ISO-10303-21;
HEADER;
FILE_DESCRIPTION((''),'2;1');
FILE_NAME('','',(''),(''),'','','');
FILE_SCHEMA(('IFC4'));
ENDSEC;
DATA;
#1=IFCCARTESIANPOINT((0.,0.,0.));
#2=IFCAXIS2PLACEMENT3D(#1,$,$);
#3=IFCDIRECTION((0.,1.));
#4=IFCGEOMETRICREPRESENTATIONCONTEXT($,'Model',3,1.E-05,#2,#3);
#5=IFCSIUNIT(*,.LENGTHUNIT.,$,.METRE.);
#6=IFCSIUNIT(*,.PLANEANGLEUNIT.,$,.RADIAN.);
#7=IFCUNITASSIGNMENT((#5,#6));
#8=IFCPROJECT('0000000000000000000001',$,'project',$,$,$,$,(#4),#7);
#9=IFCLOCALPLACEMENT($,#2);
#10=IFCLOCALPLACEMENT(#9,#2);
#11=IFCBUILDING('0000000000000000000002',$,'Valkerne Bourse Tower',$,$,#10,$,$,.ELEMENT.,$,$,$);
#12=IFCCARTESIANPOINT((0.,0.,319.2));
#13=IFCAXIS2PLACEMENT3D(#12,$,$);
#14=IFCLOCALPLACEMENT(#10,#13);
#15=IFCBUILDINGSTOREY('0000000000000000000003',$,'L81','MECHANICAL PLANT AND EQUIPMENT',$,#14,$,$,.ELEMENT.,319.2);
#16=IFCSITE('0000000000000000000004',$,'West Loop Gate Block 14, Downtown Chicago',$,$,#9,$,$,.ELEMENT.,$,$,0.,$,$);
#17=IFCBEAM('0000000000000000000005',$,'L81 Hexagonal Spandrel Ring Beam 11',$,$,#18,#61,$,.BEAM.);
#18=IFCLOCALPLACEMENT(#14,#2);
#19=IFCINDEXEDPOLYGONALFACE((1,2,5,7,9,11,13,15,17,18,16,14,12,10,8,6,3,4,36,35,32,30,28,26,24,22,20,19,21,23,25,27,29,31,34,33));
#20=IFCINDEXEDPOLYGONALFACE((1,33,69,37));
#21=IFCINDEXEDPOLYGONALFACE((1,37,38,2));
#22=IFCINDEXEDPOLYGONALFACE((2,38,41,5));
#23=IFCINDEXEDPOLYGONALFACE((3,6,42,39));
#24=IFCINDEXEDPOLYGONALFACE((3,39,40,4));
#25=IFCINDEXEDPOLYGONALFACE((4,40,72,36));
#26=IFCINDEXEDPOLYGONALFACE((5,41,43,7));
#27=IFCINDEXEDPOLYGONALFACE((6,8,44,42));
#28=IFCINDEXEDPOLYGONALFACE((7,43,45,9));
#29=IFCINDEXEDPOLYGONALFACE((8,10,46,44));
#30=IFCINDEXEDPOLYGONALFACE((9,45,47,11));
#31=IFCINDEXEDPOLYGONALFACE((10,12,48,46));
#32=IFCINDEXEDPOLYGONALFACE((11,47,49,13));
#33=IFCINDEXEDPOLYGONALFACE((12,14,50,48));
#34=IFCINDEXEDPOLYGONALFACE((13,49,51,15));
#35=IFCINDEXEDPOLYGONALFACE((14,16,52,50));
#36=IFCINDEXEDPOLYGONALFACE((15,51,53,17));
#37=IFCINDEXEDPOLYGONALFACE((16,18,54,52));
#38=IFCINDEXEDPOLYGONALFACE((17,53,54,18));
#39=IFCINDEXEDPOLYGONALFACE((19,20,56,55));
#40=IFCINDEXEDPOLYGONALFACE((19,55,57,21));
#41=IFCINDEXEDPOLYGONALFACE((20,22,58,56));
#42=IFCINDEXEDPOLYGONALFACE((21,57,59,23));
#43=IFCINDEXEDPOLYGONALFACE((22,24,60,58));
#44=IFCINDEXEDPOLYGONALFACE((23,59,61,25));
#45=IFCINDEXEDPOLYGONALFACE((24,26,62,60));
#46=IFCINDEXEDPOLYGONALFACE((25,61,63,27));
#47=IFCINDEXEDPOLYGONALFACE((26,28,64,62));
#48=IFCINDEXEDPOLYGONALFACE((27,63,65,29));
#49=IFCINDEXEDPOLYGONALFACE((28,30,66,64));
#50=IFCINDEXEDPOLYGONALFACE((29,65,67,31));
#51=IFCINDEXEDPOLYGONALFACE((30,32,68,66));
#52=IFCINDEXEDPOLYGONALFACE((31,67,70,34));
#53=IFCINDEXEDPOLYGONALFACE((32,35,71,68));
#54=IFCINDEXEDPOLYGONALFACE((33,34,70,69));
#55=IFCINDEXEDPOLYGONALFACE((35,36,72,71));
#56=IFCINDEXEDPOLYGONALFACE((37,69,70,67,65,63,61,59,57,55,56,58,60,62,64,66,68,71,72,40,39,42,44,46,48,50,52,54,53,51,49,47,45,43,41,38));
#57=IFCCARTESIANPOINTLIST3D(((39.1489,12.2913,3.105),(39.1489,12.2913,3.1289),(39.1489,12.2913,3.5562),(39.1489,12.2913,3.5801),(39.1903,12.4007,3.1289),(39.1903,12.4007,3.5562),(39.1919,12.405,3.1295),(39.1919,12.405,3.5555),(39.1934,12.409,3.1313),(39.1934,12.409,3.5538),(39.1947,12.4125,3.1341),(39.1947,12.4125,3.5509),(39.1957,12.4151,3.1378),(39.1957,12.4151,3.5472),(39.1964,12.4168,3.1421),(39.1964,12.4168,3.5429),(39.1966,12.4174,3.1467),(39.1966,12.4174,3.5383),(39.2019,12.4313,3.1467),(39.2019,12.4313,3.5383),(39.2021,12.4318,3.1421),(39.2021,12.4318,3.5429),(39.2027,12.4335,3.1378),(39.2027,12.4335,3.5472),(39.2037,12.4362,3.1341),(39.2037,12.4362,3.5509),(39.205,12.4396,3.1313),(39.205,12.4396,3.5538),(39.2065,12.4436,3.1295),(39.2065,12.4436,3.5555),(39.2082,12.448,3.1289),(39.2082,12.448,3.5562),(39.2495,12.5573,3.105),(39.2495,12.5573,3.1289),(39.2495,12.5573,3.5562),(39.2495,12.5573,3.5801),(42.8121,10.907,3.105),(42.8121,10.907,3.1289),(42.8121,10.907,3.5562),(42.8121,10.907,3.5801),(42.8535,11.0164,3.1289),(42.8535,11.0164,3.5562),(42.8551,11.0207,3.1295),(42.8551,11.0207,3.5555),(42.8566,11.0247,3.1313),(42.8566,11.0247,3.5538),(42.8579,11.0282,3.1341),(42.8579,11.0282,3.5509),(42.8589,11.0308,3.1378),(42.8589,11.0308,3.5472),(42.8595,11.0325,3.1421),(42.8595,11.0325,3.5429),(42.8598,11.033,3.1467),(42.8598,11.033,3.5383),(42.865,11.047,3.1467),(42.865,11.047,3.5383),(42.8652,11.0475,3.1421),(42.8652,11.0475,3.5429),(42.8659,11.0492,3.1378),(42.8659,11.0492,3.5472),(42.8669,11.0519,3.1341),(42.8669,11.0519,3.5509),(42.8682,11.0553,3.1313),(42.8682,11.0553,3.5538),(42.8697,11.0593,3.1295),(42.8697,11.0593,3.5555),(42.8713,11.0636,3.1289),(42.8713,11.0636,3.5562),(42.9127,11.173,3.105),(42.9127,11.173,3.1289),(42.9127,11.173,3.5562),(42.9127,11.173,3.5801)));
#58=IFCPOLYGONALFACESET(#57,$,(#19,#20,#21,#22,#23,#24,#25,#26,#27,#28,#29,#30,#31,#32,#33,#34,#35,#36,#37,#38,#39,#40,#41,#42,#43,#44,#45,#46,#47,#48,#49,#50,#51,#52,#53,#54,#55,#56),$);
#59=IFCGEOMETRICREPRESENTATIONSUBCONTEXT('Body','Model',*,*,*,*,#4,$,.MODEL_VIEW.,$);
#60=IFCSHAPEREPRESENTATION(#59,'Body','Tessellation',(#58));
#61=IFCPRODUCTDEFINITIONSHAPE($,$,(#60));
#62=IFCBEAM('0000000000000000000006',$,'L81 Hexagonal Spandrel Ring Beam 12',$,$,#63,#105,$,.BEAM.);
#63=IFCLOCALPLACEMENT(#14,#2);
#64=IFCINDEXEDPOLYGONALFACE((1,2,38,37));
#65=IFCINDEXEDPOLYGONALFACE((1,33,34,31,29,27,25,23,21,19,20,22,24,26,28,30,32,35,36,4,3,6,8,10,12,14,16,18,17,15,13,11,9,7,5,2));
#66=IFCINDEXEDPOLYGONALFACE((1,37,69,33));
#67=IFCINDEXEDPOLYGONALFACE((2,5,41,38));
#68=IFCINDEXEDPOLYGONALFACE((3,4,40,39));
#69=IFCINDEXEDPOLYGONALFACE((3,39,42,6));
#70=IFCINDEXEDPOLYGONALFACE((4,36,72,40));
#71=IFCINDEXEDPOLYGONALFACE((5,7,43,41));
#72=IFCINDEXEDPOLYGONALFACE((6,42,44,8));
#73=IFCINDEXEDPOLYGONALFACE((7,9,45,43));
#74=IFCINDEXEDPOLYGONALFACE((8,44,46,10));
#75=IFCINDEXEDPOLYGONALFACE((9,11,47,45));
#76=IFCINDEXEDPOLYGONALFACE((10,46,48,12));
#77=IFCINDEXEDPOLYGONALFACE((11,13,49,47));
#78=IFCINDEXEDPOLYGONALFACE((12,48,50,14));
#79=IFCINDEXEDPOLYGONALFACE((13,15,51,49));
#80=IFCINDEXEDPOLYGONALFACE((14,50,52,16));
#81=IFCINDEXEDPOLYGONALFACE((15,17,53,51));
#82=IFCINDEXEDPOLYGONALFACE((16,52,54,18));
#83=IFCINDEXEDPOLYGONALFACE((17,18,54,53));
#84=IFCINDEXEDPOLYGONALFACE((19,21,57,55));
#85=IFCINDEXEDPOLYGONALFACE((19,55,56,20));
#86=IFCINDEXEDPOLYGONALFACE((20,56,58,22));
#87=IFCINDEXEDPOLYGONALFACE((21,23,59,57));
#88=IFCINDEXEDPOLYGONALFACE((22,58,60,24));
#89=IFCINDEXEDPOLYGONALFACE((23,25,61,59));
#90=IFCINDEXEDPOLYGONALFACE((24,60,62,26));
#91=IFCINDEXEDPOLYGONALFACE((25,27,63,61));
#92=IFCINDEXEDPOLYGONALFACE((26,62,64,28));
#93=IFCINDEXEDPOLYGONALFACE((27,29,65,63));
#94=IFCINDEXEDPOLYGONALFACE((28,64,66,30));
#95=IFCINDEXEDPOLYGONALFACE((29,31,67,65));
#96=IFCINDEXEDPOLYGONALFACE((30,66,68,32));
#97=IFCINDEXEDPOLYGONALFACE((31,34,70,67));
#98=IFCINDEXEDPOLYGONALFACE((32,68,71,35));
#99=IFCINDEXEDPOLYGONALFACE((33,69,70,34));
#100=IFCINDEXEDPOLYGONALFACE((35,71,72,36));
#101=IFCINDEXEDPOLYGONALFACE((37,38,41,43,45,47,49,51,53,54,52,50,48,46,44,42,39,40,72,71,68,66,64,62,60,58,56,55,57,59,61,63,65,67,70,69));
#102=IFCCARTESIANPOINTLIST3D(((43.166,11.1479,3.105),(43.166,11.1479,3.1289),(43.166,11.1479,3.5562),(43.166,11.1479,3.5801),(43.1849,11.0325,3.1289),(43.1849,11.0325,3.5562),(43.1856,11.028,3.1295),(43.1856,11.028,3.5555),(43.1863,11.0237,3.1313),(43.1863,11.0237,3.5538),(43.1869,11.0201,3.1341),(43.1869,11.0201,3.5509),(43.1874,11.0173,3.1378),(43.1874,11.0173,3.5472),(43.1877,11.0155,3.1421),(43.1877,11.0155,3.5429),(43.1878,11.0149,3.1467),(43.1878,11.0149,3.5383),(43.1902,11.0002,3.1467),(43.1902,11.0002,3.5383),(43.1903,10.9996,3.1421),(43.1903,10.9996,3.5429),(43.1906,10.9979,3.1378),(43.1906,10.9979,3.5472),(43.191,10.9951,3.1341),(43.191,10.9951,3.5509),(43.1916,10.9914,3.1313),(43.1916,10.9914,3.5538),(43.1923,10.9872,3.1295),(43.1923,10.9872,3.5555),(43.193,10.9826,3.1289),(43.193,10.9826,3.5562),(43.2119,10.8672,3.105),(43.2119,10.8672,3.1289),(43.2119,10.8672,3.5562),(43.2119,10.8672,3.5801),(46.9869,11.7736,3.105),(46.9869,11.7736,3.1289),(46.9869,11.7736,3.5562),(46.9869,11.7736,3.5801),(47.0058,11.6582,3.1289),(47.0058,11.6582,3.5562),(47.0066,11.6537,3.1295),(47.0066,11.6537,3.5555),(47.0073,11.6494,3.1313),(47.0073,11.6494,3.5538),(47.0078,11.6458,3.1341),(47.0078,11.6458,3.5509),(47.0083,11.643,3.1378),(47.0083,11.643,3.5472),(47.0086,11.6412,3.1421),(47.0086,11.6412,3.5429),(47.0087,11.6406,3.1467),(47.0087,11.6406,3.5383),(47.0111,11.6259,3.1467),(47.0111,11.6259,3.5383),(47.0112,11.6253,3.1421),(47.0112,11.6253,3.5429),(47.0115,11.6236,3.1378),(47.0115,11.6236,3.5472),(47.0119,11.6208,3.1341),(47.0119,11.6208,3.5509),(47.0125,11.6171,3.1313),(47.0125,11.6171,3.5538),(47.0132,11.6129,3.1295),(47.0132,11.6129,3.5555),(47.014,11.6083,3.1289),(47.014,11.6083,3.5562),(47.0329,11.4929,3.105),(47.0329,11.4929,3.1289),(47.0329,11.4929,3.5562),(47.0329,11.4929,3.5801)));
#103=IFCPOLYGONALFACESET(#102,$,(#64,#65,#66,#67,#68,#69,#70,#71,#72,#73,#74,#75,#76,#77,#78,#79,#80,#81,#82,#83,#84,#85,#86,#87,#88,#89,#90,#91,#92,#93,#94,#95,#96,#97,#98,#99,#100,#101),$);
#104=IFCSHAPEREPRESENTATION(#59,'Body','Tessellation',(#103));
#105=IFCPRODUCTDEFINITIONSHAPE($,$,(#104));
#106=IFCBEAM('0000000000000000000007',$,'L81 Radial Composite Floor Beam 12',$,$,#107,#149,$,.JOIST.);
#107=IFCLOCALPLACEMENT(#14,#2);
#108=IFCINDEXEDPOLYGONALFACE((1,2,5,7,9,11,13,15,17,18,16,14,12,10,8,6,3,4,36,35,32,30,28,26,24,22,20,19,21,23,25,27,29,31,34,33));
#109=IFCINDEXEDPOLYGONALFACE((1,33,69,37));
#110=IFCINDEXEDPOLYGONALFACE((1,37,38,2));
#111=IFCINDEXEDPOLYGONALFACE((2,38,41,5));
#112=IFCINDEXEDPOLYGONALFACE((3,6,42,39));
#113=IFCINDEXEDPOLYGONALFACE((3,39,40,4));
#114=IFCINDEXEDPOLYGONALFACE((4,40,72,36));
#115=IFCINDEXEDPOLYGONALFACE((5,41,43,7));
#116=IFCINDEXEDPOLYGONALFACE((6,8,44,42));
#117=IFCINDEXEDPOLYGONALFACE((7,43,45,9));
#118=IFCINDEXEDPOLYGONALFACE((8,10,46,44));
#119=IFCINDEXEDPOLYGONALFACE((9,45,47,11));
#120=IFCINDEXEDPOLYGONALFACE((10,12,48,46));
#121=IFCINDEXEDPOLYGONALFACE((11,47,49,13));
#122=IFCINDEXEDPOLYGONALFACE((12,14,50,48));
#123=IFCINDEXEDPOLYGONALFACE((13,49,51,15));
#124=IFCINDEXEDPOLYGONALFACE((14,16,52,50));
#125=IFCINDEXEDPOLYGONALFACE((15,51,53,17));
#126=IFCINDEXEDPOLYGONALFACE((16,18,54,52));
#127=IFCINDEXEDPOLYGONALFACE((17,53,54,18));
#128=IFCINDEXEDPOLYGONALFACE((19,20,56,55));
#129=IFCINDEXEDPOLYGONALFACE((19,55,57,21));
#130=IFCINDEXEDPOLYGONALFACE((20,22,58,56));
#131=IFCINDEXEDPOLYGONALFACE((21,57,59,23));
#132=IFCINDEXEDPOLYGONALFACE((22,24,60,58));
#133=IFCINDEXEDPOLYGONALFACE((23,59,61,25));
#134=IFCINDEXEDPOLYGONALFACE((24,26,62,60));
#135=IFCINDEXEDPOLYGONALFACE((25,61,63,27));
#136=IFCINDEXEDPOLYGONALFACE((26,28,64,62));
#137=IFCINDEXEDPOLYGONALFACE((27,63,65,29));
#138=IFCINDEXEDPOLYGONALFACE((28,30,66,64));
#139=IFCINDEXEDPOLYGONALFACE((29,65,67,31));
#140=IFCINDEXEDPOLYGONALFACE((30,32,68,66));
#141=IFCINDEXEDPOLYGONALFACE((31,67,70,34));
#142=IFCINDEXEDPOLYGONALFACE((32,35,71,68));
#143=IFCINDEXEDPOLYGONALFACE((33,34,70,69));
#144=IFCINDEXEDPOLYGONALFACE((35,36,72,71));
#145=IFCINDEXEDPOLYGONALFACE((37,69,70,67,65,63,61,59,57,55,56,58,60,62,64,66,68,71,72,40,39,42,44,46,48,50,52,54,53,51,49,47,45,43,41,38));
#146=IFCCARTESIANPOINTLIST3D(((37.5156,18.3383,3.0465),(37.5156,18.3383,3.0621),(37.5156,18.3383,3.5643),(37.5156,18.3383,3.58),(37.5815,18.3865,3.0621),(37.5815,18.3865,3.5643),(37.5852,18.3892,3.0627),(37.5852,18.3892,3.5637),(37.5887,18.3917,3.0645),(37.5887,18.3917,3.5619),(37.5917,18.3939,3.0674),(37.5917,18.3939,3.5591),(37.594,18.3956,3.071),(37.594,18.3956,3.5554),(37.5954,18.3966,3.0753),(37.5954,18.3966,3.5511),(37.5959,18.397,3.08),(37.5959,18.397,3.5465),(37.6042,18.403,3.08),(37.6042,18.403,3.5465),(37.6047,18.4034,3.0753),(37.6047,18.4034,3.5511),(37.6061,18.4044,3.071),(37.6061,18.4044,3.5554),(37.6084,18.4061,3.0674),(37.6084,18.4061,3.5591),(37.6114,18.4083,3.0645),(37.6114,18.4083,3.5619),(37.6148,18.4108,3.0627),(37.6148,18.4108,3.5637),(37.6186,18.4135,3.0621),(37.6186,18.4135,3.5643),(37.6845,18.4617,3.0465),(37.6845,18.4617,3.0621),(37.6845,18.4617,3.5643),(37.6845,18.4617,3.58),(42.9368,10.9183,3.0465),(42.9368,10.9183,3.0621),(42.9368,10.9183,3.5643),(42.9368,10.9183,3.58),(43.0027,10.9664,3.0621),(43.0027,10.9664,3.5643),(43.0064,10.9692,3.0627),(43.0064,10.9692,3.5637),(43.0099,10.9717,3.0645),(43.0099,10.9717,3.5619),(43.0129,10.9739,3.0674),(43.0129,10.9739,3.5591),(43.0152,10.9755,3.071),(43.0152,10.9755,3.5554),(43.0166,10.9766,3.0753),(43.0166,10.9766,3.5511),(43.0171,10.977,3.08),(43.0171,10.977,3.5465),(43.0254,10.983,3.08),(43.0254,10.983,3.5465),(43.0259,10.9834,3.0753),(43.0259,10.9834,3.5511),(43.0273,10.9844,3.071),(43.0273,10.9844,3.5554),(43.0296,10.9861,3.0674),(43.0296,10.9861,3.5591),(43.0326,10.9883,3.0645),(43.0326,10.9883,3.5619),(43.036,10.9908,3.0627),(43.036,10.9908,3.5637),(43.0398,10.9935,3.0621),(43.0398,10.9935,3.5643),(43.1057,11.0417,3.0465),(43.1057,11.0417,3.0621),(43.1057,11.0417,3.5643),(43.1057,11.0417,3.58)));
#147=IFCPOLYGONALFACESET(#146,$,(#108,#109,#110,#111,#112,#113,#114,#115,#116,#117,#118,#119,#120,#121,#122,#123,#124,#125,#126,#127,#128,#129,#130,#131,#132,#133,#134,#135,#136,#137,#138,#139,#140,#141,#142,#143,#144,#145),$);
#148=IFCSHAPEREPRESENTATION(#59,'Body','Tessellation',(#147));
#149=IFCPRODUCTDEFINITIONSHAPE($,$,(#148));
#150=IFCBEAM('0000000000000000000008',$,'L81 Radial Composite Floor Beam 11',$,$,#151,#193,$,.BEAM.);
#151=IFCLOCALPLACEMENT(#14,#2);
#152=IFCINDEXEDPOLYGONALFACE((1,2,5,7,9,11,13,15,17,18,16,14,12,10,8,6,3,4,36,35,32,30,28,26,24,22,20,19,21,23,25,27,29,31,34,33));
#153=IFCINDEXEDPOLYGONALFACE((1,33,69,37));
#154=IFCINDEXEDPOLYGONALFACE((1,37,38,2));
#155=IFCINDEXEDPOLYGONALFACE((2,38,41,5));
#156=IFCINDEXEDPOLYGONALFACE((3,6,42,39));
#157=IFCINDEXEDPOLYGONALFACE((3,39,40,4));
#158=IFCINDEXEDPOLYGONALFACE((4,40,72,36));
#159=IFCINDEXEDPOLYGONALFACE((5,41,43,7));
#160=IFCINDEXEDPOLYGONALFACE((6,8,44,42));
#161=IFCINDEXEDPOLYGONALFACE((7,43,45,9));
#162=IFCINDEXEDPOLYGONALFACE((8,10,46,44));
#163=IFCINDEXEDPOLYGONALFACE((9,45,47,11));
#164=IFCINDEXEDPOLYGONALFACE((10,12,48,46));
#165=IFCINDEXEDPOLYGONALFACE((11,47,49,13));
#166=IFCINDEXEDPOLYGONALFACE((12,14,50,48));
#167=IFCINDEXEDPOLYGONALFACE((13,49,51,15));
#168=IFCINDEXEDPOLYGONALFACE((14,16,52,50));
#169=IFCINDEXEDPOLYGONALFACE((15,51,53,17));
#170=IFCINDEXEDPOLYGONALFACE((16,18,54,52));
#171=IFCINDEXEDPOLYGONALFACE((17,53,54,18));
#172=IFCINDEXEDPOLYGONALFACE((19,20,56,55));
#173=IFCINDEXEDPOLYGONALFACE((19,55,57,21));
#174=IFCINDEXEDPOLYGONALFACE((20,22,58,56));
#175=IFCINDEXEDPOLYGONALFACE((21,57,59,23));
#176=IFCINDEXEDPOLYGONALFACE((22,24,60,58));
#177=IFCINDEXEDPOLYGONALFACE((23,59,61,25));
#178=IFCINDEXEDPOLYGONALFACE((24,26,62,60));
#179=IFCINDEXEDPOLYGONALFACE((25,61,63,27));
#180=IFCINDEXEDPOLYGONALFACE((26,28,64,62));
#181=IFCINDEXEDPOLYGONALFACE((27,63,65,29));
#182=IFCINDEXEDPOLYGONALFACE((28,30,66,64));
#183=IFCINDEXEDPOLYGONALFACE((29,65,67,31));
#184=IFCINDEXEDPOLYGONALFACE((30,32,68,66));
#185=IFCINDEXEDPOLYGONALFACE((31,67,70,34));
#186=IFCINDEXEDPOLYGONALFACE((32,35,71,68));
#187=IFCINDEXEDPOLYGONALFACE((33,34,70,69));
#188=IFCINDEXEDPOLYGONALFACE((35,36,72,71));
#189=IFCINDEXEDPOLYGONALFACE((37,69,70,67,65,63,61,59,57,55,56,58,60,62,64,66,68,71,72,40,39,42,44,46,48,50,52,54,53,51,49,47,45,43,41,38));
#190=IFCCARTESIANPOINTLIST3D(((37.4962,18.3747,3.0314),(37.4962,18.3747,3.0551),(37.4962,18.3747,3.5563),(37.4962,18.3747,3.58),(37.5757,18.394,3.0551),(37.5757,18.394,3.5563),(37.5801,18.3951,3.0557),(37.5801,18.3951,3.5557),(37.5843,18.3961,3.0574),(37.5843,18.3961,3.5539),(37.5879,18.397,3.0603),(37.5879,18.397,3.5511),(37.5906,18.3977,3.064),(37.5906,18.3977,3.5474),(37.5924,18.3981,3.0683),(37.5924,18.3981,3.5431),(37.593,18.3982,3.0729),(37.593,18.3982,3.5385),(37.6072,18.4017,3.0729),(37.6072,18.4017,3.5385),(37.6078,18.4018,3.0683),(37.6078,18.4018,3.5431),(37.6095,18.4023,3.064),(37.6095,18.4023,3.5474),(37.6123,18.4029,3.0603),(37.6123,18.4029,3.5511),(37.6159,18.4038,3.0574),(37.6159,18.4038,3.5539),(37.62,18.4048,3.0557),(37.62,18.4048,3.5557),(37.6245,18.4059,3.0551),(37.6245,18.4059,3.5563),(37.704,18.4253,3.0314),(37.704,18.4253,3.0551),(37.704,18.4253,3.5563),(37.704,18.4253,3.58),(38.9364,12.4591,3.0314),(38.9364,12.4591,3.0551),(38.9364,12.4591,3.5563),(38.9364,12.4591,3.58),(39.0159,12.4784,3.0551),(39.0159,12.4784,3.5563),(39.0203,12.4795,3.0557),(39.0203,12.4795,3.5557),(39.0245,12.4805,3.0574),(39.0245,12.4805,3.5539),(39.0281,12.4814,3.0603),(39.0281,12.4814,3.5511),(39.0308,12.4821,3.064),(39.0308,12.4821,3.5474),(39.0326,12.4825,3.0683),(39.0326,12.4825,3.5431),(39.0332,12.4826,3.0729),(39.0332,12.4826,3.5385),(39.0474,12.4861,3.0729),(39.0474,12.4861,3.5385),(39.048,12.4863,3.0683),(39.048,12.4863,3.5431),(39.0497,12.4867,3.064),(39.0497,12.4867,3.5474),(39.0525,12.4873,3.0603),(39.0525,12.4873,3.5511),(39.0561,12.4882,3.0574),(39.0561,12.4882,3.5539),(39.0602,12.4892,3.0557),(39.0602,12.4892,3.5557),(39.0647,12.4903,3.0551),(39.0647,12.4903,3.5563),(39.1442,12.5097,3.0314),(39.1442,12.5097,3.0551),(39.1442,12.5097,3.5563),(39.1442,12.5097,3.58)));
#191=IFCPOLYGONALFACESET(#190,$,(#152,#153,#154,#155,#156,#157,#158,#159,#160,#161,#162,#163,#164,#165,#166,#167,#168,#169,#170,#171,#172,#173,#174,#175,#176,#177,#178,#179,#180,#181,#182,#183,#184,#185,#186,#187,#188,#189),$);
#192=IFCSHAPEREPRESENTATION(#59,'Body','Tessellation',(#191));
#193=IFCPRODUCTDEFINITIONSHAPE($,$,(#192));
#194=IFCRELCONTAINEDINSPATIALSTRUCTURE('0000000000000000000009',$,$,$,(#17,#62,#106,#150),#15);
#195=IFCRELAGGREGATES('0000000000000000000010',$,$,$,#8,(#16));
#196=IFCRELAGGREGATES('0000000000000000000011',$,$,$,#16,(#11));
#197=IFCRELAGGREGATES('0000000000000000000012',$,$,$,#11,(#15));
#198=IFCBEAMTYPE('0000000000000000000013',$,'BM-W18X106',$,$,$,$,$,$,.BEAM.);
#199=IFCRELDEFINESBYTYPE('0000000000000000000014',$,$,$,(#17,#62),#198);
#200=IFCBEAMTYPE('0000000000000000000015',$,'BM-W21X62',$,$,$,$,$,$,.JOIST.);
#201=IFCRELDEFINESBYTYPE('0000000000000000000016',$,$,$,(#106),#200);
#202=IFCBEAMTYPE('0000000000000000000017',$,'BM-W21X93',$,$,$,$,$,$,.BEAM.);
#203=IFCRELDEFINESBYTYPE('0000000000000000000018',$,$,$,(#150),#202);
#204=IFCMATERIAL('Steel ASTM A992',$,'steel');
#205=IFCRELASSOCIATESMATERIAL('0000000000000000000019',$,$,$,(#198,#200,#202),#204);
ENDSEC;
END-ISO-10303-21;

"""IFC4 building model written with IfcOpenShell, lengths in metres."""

from ifc_helpers import new_model, si_unit, direction, frame, origin, origin_2d, place, context, subcontext, project, spatial, i_section, extrude, material, material_profile, profile_set, type_object, element, save


model = new_model("IFC4")

# Units and contexts
model_context = context("Model", 3, precision=1e-05, world=origin(), true_north=direction((0.0, 1.0)))
body_context = subcontext(model_context, "Body", "Model", "MODEL_VIEW")
ifc_project = project(units=[si_unit("LENGTHUNIT", "METRE"), si_unit("PLANEANGLEUNIT", "RADIAN")], contexts=[model_context])

# Site, building, storey
site_placement = place(None, origin())
site = spatial("IfcSite", under=ifc_project, at=site_placement, Name="West Loop Gate Block 14, Downtown Chicago", CompositionType="ELEMENT", RefElevation=0.0)
building_placement = place(site_placement, origin())
building = spatial("IfcBuilding", under=site, at=building_placement, Name="Valkerne Bourse Tower", CompositionType="ELEMENT")
storey_placement = place(building_placement, frame((0.0, 0.0, 319.2)))
storey = spatial("IfcBuildingStorey", under=building, at=storey_placement, Name="L81", Description="MECHANICAL PLANT AND EQUIPMENT", CompositionType="ELEMENT", Elevation=319.2)

# Beams
ifc_material_1 = material(Name="Steel ASTM A992", Category="steel")
ifc_material_profile_1 = material_profile(ifc_material_1, i_section(OverallWidth=0.2844, OverallDepth=0.4751, WebThickness=0.0149, FlangeThickness=0.0239, FilletRadius=0.0178, at=origin_2d()), Name="W18X106")
ifc_profile_set_1 = profile_set([ifc_material_profile_1], Name="Steel ASTM A992")
beam_type_1 = type_object("IfcBeamType", Name="BM-W18X106", PredefinedType="BEAM", material=ifc_profile_set_1)
beam_1_placement = place(storey_placement, frame((39.1992, 12.4243, 3.3425), z_axis=(0.935435, -0.3535, 0.0), x_axis=(0.3535, 0.935435, 0.0)))
element("IfcBeam", 1, at=beam_1_placement, inside=storey, type_object=beam_type_1, Name="L81 Hexagonal Spandrel Ring Beam 11", PredefinedType="BEAM", context=body_context, shape_type="SweptSolid", body=[
    extrude(i_section(OverallWidth=0.2844, OverallDepth=0.4751, WebThickness=0.0149, FlangeThickness=0.0239, FilletRadius=0.0178, at=origin_2d()), origin(), (0.0, 0.0, 1.0), 3.916),
])
beam_2_placement = place(storey_placement, frame((43.189, 11.0076, 3.3425), z_axis=(0.986855, 0.161607, 0.0), x_axis=(-0.161607, 0.986855, 0.0)))
element("IfcBeam", 2, at=beam_2_placement, inside=storey, type_object=beam_type_1, Name="L81 Hexagonal Spandrel Ring Beam 12", PredefinedType="BEAM", context=body_context, shape_type="SweptSolid", body=[
    extrude(i_section(OverallWidth=0.2844, OverallDepth=0.4751, WebThickness=0.0149, FlangeThickness=0.0239, FilletRadius=0.0178, at=origin_2d()), origin(), (0.0, 0.0, 1.0), 3.8718),
])
ifc_material_profile_2 = material_profile(ifc_material_1, i_section(OverallWidth=0.2092, OverallDepth=0.5334, WebThickness=0.0103, FlangeThickness=0.0156, FilletRadius=0.0178, at=origin_2d()), Name="W21X62")
ifc_profile_set_2 = profile_set([ifc_material_profile_2], Name="Steel ASTM A992")
beam_type_2 = type_object("IfcBeamType", Name="BM-W21X62", PredefinedType="JOIST", material=ifc_profile_set_2)
beam_3_placement = place(storey_placement, frame((43.0212, 10.98, 3.3132), z_axis=(-0.589938, 0.807449, 0.0), x_axis=(-0.807449, -0.589938, 0.0)))
element("IfcBeam", 3, at=beam_3_placement, inside=storey, type_object=beam_type_2, Name="L81 Radial Composite Floor Beam 12", PredefinedType="JOIST", context=body_context, shape_type="SweptSolid", body=[
    extrude(i_section(OverallWidth=0.2092, OverallDepth=0.5334, WebThickness=0.0103, FlangeThickness=0.0156, FilletRadius=0.0178, at=origin_2d()), origin(), (0.0, 0.0, 1.0), 9.1895),
])
ifc_material_profile_3 = material_profile(ifc_material_1, i_section(OverallWidth=0.2139, OverallDepth=0.5486, WebThickness=0.0146, FlangeThickness=0.0237, FilletRadius=0.0178, at=origin_2d()), Name="W21X93")
ifc_profile_set_3 = profile_set([ifc_material_profile_3], Name="Steel ASTM A992")
beam_type_3 = type_object("IfcBeamType", Name="BM-W21X93", PredefinedType="BEAM", material=ifc_profile_set_3)
beam_4_placement = place(storey_placement, frame((39.0403, 12.4844, 3.3057), z_axis=(-0.236549, 0.97162, 0.0), x_axis=(-0.97162, -0.236549, 0.0)))
element("IfcBeam", 4, at=beam_4_placement, inside=storey, type_object=beam_type_3, Name="L81 Radial Composite Floor Beam 11", PredefinedType="BEAM", context=body_context, shape_type="SweptSolid", body=[
    extrude(i_section(OverallWidth=0.2139, OverallDepth=0.5486, WebThickness=0.0146, FlangeThickness=0.0237, FilletRadius=0.0178, at=origin_2d()), origin(), (0.0, 0.0, 1.0), 6.0884),
])

save(model, "model.ifc")
